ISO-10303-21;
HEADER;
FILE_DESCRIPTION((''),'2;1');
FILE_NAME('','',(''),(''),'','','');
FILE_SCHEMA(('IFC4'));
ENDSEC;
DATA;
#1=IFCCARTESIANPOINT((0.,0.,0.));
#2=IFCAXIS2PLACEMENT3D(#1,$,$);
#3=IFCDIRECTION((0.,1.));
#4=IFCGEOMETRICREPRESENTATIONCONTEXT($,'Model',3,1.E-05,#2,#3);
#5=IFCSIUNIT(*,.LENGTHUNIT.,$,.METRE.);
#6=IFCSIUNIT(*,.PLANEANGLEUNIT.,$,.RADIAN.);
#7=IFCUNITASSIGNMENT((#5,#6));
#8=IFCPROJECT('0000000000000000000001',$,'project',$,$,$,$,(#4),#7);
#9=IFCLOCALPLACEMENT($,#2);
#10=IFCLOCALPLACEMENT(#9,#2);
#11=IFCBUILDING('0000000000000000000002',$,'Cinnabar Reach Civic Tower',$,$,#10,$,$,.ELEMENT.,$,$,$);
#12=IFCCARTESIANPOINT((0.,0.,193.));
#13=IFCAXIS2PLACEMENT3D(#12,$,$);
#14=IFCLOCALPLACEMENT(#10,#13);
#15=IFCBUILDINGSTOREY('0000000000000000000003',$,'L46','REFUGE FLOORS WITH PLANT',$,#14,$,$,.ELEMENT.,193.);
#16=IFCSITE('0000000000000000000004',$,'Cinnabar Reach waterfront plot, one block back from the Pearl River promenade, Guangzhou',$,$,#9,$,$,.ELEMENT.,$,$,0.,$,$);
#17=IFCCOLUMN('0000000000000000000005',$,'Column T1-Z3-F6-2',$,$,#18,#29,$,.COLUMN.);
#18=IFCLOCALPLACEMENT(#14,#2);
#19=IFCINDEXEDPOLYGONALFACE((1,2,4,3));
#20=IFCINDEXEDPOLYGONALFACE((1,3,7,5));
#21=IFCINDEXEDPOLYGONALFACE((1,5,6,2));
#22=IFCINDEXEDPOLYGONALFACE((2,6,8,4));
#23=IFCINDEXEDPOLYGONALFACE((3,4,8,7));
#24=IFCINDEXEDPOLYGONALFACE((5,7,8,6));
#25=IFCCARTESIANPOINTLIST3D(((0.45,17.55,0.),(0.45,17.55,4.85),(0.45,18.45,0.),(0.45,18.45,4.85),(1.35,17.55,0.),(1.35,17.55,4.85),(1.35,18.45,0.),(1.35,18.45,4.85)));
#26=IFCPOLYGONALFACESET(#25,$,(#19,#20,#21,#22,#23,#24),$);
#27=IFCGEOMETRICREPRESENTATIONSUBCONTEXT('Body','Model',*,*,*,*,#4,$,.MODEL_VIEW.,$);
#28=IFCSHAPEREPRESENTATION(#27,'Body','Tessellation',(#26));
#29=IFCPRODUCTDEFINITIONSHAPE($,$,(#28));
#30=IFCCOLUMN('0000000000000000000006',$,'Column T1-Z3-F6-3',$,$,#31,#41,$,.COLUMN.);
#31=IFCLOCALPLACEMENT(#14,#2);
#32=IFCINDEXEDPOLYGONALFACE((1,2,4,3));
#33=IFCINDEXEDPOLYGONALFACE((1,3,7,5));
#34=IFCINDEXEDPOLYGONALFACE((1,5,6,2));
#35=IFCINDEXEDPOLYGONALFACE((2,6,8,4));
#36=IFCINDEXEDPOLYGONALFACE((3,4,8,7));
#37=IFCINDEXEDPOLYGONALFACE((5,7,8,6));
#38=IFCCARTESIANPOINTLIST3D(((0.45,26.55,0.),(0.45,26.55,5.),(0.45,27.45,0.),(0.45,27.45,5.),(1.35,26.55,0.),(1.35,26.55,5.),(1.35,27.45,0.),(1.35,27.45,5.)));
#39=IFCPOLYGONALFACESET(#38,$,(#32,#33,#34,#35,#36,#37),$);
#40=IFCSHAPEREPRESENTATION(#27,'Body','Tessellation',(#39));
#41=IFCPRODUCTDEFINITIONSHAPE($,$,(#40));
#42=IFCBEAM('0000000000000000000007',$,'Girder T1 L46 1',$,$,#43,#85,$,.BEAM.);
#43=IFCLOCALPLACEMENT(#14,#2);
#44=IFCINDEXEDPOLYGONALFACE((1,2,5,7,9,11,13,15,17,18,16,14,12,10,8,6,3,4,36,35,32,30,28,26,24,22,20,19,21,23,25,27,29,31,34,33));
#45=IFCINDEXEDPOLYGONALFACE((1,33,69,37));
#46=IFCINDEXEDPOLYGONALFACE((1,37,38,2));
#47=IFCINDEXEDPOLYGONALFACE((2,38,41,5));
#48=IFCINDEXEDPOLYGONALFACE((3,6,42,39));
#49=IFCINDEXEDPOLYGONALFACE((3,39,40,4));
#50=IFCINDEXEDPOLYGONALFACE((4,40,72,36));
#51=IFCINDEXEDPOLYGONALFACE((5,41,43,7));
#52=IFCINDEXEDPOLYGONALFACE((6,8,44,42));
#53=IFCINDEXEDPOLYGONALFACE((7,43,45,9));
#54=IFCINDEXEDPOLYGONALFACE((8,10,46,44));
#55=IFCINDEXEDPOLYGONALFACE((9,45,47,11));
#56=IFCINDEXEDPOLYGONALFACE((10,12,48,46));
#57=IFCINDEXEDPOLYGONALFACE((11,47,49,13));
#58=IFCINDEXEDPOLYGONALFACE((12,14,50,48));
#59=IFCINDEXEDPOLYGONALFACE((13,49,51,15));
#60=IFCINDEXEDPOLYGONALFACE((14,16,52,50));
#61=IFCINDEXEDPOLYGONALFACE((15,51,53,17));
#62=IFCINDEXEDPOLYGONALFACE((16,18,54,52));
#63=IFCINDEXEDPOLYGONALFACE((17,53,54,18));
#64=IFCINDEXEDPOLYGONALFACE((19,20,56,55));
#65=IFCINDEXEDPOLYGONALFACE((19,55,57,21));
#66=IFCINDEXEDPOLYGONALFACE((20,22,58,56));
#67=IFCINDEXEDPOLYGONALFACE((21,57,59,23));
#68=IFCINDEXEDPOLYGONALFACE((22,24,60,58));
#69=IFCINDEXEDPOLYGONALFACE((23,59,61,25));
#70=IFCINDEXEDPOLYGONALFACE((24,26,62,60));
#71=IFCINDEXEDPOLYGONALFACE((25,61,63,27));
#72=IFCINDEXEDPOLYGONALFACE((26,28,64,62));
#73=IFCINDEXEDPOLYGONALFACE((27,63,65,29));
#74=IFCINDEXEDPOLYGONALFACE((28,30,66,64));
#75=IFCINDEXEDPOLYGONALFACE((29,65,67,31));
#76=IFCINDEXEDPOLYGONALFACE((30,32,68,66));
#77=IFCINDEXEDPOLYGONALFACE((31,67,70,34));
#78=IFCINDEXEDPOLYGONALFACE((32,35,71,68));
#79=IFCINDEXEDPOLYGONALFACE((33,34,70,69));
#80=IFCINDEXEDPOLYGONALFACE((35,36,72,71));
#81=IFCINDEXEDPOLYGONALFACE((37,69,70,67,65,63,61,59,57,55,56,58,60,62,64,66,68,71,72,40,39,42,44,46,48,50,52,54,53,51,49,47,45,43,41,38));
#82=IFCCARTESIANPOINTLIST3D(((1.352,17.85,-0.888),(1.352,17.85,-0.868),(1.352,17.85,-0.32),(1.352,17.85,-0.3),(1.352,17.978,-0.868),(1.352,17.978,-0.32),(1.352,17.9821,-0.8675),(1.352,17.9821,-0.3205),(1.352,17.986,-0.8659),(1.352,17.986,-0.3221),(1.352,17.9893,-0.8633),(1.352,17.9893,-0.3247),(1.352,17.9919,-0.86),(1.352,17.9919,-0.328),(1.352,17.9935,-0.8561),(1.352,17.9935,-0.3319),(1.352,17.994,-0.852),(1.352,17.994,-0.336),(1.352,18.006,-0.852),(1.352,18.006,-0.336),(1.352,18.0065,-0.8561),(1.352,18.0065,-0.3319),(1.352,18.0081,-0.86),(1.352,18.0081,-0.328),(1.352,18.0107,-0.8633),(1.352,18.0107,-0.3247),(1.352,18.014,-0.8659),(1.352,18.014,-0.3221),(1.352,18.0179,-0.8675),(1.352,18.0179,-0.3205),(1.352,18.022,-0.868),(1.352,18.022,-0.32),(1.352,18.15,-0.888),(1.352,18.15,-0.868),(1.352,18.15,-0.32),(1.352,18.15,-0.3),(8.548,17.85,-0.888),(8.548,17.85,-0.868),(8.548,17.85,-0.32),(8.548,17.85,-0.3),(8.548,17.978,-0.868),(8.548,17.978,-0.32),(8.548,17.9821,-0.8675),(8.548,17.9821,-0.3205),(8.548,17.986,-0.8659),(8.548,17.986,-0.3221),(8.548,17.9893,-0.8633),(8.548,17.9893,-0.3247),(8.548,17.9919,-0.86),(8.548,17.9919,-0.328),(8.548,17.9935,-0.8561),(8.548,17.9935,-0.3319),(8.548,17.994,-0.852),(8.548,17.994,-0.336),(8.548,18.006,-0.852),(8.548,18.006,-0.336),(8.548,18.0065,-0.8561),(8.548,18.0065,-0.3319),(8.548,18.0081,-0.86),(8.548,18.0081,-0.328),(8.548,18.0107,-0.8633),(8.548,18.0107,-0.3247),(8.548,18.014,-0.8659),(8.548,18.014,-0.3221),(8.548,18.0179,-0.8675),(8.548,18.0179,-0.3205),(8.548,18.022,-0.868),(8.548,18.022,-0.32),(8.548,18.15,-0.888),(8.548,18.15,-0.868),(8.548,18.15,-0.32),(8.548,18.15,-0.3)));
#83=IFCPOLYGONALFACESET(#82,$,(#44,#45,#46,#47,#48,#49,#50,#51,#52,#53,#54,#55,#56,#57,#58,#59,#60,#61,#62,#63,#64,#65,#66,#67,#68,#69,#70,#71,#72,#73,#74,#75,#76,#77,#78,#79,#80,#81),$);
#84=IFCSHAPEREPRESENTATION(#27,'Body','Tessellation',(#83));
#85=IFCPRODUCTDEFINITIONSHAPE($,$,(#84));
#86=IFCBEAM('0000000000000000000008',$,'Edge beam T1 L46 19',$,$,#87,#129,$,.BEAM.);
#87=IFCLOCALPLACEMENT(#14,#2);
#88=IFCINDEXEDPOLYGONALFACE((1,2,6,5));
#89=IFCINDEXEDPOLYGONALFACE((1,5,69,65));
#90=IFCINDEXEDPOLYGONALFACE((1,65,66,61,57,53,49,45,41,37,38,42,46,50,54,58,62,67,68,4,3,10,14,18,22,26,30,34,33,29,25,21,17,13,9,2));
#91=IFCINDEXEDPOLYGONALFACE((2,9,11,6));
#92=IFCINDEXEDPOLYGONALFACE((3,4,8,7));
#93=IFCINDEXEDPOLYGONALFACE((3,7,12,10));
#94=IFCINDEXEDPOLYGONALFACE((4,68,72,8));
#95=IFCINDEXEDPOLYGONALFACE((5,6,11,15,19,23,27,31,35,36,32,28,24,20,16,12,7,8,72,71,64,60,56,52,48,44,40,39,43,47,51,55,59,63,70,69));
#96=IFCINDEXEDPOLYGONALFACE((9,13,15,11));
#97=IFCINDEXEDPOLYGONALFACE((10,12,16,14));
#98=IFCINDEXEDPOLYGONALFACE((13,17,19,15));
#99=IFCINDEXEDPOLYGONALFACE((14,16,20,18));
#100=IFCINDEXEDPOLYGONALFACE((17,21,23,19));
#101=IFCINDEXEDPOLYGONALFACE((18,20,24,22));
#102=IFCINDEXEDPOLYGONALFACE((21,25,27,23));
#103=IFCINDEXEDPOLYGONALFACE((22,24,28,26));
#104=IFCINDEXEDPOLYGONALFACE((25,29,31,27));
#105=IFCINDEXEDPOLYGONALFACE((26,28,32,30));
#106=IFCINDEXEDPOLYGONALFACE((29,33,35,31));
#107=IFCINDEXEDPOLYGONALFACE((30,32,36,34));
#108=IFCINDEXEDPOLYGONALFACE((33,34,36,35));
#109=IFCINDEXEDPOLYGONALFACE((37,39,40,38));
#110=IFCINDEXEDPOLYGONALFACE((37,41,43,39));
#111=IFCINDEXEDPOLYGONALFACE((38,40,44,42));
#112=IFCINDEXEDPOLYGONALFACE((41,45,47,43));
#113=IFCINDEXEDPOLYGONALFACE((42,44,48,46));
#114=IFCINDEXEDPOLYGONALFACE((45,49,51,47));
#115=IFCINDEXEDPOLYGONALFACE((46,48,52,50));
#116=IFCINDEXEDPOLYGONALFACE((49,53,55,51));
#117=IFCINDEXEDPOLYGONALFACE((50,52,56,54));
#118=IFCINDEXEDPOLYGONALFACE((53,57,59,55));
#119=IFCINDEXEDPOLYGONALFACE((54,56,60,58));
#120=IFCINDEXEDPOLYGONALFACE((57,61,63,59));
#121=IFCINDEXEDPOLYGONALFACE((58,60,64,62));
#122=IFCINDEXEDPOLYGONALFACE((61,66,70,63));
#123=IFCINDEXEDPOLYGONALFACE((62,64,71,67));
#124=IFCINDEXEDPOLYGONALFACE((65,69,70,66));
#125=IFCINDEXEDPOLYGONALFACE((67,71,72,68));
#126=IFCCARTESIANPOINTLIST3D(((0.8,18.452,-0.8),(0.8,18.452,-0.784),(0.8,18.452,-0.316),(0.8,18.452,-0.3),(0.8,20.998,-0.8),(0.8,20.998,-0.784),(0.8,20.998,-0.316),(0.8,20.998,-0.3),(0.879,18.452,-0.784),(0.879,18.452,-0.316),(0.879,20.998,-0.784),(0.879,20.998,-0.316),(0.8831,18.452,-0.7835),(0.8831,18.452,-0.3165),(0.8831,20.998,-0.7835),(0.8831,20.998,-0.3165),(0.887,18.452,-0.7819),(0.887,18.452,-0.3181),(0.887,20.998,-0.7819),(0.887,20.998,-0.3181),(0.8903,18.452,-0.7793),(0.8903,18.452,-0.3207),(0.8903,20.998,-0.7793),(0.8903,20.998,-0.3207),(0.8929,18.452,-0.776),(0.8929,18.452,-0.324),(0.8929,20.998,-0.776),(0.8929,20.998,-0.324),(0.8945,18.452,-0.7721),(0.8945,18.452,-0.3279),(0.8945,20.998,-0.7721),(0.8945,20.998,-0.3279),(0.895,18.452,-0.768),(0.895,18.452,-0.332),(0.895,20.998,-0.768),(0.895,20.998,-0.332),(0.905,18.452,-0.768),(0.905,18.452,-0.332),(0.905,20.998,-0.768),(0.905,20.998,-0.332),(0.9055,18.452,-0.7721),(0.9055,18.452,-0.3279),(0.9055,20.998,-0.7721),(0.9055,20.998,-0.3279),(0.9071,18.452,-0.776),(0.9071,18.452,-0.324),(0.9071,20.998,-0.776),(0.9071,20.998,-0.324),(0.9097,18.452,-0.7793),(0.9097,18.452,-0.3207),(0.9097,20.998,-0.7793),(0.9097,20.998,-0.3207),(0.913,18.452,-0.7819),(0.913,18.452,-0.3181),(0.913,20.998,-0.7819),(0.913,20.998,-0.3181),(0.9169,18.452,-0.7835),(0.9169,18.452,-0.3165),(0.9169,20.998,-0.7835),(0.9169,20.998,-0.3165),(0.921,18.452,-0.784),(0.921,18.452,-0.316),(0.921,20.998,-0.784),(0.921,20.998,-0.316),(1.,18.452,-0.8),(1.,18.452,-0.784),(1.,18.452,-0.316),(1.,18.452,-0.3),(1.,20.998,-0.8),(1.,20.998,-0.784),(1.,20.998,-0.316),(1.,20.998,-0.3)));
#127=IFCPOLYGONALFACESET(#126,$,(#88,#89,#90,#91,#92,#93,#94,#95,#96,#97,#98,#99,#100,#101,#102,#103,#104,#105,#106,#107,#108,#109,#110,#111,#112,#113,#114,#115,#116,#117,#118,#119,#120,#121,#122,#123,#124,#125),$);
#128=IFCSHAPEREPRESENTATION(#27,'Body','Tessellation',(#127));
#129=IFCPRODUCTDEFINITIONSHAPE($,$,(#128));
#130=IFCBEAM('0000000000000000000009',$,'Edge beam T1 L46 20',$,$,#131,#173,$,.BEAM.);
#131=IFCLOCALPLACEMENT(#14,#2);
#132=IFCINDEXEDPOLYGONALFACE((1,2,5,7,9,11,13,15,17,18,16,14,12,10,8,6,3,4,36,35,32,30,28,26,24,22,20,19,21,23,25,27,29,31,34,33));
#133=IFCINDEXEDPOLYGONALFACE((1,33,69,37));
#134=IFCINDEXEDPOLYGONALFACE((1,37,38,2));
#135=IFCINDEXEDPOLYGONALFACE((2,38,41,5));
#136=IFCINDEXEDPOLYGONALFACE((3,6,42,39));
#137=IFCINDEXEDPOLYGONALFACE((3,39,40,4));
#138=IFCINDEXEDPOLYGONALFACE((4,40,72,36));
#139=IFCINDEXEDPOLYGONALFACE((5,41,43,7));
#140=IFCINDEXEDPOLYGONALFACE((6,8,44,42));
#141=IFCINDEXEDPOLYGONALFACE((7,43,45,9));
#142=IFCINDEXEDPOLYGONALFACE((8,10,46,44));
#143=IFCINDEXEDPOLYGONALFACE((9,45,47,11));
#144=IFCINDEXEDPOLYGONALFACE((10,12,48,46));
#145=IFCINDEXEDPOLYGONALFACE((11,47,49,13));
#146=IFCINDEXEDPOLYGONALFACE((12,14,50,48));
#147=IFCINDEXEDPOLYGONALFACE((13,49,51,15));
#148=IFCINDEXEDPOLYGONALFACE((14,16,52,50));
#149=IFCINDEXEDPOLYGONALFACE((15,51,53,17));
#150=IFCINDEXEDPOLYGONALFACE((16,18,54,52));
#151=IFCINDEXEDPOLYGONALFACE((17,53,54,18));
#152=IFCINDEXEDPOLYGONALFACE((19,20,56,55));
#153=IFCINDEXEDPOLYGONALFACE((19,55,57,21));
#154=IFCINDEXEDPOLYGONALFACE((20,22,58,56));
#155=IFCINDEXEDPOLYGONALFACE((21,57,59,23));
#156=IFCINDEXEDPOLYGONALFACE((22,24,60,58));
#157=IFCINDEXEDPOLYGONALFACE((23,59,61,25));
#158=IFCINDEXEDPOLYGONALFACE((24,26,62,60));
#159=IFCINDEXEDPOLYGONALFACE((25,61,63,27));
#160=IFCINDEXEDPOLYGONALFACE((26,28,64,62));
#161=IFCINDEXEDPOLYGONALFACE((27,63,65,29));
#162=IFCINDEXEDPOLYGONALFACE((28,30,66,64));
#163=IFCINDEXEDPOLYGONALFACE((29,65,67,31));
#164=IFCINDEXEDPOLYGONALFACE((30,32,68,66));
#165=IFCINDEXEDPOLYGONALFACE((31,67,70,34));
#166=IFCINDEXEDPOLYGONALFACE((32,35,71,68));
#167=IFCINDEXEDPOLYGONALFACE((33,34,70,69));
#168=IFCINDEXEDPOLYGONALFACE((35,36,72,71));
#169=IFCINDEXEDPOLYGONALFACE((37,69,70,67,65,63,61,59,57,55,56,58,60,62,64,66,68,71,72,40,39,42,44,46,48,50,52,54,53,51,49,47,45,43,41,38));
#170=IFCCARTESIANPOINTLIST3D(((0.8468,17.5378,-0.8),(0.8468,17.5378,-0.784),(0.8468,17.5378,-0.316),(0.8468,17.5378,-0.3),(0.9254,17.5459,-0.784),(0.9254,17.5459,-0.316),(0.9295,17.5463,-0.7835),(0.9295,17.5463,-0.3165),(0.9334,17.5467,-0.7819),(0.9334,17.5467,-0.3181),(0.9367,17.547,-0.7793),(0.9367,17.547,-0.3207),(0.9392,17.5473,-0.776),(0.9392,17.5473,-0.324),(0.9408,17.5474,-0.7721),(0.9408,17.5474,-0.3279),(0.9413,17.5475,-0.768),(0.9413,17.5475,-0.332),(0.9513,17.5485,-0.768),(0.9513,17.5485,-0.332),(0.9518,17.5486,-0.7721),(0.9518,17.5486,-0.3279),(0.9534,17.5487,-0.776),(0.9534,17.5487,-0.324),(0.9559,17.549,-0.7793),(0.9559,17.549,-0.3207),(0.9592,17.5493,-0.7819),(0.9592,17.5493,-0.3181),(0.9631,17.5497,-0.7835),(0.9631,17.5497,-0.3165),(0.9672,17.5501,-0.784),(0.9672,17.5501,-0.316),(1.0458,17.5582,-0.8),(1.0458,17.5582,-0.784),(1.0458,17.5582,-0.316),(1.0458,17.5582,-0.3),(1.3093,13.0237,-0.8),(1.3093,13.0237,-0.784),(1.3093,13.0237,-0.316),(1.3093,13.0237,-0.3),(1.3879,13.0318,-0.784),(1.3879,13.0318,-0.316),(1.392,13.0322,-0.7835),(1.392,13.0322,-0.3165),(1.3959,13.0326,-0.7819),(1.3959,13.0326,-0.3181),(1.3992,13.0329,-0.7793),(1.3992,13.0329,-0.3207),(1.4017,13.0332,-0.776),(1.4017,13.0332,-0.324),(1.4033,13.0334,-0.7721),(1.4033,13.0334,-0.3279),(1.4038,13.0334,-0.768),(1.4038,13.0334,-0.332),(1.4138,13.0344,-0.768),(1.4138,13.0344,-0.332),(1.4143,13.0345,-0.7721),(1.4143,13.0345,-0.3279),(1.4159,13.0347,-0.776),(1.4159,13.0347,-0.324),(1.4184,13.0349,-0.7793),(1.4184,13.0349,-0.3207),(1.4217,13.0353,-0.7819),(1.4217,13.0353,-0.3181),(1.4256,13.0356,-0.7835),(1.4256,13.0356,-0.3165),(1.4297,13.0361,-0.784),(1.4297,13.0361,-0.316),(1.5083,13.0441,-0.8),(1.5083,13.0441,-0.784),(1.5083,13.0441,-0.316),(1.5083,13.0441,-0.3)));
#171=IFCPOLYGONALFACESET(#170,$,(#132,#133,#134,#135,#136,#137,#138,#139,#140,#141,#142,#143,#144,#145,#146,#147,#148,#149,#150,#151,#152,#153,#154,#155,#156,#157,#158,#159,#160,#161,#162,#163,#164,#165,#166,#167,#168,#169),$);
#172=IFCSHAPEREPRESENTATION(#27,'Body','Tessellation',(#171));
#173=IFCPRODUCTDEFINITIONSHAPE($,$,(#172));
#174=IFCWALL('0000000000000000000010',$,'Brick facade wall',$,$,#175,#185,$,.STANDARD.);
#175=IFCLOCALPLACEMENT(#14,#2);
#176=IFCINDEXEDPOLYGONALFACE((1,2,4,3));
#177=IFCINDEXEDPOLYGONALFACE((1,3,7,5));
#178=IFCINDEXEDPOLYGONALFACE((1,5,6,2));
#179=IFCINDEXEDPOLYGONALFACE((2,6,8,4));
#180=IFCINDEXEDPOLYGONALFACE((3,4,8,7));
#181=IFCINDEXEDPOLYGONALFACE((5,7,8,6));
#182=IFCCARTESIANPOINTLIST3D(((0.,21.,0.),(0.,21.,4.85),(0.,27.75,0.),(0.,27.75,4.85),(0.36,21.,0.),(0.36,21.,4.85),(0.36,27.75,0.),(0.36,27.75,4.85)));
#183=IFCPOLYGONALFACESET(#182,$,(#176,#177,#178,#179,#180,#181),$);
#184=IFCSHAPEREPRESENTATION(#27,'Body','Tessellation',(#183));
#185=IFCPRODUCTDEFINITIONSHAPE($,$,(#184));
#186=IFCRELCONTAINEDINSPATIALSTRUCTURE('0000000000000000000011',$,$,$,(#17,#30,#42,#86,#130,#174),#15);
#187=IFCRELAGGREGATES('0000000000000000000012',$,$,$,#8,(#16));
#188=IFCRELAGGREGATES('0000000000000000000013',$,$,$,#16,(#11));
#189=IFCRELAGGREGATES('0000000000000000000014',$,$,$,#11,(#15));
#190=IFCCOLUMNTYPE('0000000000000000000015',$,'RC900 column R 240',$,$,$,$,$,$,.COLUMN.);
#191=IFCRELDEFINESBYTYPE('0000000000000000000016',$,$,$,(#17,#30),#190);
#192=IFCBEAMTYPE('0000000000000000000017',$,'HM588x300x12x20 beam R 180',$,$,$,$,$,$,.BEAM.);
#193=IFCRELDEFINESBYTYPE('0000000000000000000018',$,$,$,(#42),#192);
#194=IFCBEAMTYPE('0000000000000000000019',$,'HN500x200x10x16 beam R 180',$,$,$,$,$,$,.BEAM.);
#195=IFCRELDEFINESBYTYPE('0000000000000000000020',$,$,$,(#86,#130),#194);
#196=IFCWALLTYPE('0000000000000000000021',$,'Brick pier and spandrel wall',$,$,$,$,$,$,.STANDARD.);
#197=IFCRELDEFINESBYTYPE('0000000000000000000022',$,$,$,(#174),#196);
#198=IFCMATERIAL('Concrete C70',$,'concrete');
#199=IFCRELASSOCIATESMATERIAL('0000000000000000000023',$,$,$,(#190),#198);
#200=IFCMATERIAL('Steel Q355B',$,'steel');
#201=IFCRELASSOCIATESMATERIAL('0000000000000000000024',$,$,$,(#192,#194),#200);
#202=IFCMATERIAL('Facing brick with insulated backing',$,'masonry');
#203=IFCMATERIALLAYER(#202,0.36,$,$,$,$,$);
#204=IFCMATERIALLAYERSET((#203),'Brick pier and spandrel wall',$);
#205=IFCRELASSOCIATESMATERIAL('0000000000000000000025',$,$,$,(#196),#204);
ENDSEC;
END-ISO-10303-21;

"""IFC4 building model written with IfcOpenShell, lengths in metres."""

from ifc_helpers import new_model, si_unit, direction, frame, frame_2d, origin, origin_2d, place, context, subcontext, project, spatial, rectangle, i_section, extrude, material, layer, layer_set, material_profile, profile_set, type_object, element, save


model = new_model("IFC4")

# Units and contexts
model_context = context("Model", 3, precision=1e-05, world=origin(), true_north=direction((0.0, 1.0)))
body_context = subcontext(model_context, "Body", "Model", "MODEL_VIEW")
ifc_project = project(units=[si_unit("LENGTHUNIT", "METRE"), si_unit("PLANEANGLEUNIT", "RADIAN")], contexts=[model_context])

# Site, building, storey
site_placement = place(None, origin())
site = spatial("IfcSite", under=ifc_project, at=site_placement, Name="Cinnabar Reach waterfront plot, one block back from the Pearl River promenade, Guangzhou", CompositionType="ELEMENT", RefElevation=0.0)
building_placement = place(site_placement, origin())
building = spatial("IfcBuilding", under=site, at=building_placement, Name="Cinnabar Reach Civic Tower", CompositionType="ELEMENT")
storey_placement = place(building_placement, frame((0.0, 0.0, 193.0)))
storey = spatial("IfcBuildingStorey", under=building, at=storey_placement, Name="L46", Description="REFUGE FLOORS WITH PLANT", CompositionType="ELEMENT", Elevation=193.0)

# Columns
ifc_material_1 = material(Name="Concrete C70", Category="concrete")
ifc_material_profile_1 = material_profile(ifc_material_1, rectangle(XDim=0.9, YDim=0.9, at=origin_2d()), Name="RC900")
ifc_profile_set_1 = profile_set([ifc_material_profile_1], Name="Concrete C70")
column_type = type_object("IfcColumnType", Name="RC900 column R 240", PredefinedType="COLUMN", material=ifc_profile_set_1)
column_1_placement = place(storey_placement, frame((0.9, 18.0, 0.0), z_axis=(0.0, 0.0, 1.0), x_axis=(1.0, 0.0, 0.0)))
element("IfcColumn", 1, at=column_1_placement, inside=storey, type_object=column_type, Name="Column T1-Z3-F6-2", PredefinedType="COLUMN", context=body_context, shape_type="SweptSolid", body=[
    extrude(rectangle(XDim=0.9, YDim=0.9, at=origin_2d()), origin(), (0.0, 0.0, 1.0), 4.85),
])
column_2_placement = place(storey_placement, frame((0.9, 27.0, 0.0), z_axis=(0.0, 0.0, 1.0), x_axis=(1.0, 0.0, 0.0)))
element("IfcColumn", 2, at=column_2_placement, inside=storey, type_object=column_type, Name="Column T1-Z3-F6-3", PredefinedType="COLUMN", context=body_context, shape_type="SweptSolid", body=[
    extrude(rectangle(XDim=0.9, YDim=0.9, at=origin_2d()), origin(), (0.0, 0.0, 1.0), 5.0),
])

# Beams
ifc_material_2 = material(Name="Steel Q355B", Category="steel")
ifc_material_profile_2 = material_profile(ifc_material_2, i_section(OverallWidth=0.3, OverallDepth=0.588, WebThickness=0.012, FlangeThickness=0.02, FilletRadius=0.016, at=origin_2d()), Name="HM588x300x12x20")
ifc_profile_set_2 = profile_set([ifc_material_profile_2], Name="Steel Q355B")
beam_type_1 = type_object("IfcBeamType", Name="HM588x300x12x20 beam R 180", PredefinedType="BEAM", material=ifc_profile_set_2)
beam_1_placement = place(storey_placement, frame((1.352, 18.0, -0.594), z_axis=(1.0, 0.0, 0.0), x_axis=(0.0, 1.0, 0.0)))
element("IfcBeam", 3, at=beam_1_placement, inside=storey, type_object=beam_type_1, Name="Girder T1 L46 1", PredefinedType="BEAM", context=body_context, shape_type="SweptSolid", body=[
    extrude(i_section(OverallWidth=0.3, OverallDepth=0.588, WebThickness=0.012, FlangeThickness=0.02, FilletRadius=0.016, at=origin_2d()), origin(), (0.0, 0.0, 1.0), 7.196),
])
ifc_material_profile_3 = material_profile(ifc_material_2, i_section(OverallWidth=0.2, OverallDepth=0.5, WebThickness=0.01, FlangeThickness=0.016, FilletRadius=0.016, at=origin_2d()), Name="HN500x200x10x16")
ifc_profile_set_3 = profile_set([ifc_material_profile_3], Name="Steel Q355B")
beam_type_2 = type_object("IfcBeamType", Name="HN500x200x10x16 beam R 180", PredefinedType="BEAM", material=ifc_profile_set_3)
beam_2_placement = place(storey_placement, frame((0.9, 20.998, -0.55), z_axis=(0.0, -1.0, 0.0), x_axis=(1.0, 0.0, 0.0)))
element("IfcBeam", 4, at=beam_2_placement, inside=storey, type_object=beam_type_2, Name="Edge beam T1 L46 19", PredefinedType="BEAM", context=body_context, shape_type="SweptSolid", body=[
    extrude(i_section(OverallWidth=0.2, OverallDepth=0.5, WebThickness=0.01, FlangeThickness=0.016, FilletRadius=0.016, at=origin_2d()), origin(), (0.0, 0.0, 1.0), 2.546),
])
beam_3_placement = place(storey_placement, frame((0.9463, 17.548, -0.55), z_axis=(0.101923, -0.994792, 0.0), x_axis=(0.994792, 0.101923, 0.0)))
element("IfcBeam", 5, at=beam_3_placement, inside=storey, type_object=beam_type_2, Name="Edge beam T1 L46 20", PredefinedType="BEAM", context=body_context, shape_type="SweptSolid", body=[
    extrude(i_section(OverallWidth=0.2, OverallDepth=0.5, WebThickness=0.01, FlangeThickness=0.016, FilletRadius=0.016, at=origin_2d()), origin(), (0.0, 0.0, 1.0), 4.5377),
])

# Wall
ifc_material_3 = material(Name="Facing brick with insulated backing", Category="masonry")
ifc_layer_1 = layer(ifc_material_3, 0.36)
ifc_layer_set_1 = layer_set([ifc_layer_1], Name="Brick pier and spandrel wall")
wall_type_1 = type_object("IfcWallType", Name="Brick pier and spandrel wall", PredefinedType="STANDARD", material=ifc_layer_set_1)
wall_1_placement = place(storey_placement, frame((0.18, 27.75, 0.0), z_axis=(0.0, 0.0, 1.0), x_axis=(0.0, -1.0, 0.0)))
element("IfcWall", 6, at=wall_1_placement, inside=storey, type_object=wall_type_1, Name="Brick facade wall", PredefinedType="STANDARD", context=body_context, shape_type="SweptSolid", body=[
    extrude(rectangle(XDim=6.75, YDim=0.36, at=frame_2d((3.375, 0.0))), origin(), (0.0, 0.0, 1.0), 4.85),
])

save(model, "model.ifc")
